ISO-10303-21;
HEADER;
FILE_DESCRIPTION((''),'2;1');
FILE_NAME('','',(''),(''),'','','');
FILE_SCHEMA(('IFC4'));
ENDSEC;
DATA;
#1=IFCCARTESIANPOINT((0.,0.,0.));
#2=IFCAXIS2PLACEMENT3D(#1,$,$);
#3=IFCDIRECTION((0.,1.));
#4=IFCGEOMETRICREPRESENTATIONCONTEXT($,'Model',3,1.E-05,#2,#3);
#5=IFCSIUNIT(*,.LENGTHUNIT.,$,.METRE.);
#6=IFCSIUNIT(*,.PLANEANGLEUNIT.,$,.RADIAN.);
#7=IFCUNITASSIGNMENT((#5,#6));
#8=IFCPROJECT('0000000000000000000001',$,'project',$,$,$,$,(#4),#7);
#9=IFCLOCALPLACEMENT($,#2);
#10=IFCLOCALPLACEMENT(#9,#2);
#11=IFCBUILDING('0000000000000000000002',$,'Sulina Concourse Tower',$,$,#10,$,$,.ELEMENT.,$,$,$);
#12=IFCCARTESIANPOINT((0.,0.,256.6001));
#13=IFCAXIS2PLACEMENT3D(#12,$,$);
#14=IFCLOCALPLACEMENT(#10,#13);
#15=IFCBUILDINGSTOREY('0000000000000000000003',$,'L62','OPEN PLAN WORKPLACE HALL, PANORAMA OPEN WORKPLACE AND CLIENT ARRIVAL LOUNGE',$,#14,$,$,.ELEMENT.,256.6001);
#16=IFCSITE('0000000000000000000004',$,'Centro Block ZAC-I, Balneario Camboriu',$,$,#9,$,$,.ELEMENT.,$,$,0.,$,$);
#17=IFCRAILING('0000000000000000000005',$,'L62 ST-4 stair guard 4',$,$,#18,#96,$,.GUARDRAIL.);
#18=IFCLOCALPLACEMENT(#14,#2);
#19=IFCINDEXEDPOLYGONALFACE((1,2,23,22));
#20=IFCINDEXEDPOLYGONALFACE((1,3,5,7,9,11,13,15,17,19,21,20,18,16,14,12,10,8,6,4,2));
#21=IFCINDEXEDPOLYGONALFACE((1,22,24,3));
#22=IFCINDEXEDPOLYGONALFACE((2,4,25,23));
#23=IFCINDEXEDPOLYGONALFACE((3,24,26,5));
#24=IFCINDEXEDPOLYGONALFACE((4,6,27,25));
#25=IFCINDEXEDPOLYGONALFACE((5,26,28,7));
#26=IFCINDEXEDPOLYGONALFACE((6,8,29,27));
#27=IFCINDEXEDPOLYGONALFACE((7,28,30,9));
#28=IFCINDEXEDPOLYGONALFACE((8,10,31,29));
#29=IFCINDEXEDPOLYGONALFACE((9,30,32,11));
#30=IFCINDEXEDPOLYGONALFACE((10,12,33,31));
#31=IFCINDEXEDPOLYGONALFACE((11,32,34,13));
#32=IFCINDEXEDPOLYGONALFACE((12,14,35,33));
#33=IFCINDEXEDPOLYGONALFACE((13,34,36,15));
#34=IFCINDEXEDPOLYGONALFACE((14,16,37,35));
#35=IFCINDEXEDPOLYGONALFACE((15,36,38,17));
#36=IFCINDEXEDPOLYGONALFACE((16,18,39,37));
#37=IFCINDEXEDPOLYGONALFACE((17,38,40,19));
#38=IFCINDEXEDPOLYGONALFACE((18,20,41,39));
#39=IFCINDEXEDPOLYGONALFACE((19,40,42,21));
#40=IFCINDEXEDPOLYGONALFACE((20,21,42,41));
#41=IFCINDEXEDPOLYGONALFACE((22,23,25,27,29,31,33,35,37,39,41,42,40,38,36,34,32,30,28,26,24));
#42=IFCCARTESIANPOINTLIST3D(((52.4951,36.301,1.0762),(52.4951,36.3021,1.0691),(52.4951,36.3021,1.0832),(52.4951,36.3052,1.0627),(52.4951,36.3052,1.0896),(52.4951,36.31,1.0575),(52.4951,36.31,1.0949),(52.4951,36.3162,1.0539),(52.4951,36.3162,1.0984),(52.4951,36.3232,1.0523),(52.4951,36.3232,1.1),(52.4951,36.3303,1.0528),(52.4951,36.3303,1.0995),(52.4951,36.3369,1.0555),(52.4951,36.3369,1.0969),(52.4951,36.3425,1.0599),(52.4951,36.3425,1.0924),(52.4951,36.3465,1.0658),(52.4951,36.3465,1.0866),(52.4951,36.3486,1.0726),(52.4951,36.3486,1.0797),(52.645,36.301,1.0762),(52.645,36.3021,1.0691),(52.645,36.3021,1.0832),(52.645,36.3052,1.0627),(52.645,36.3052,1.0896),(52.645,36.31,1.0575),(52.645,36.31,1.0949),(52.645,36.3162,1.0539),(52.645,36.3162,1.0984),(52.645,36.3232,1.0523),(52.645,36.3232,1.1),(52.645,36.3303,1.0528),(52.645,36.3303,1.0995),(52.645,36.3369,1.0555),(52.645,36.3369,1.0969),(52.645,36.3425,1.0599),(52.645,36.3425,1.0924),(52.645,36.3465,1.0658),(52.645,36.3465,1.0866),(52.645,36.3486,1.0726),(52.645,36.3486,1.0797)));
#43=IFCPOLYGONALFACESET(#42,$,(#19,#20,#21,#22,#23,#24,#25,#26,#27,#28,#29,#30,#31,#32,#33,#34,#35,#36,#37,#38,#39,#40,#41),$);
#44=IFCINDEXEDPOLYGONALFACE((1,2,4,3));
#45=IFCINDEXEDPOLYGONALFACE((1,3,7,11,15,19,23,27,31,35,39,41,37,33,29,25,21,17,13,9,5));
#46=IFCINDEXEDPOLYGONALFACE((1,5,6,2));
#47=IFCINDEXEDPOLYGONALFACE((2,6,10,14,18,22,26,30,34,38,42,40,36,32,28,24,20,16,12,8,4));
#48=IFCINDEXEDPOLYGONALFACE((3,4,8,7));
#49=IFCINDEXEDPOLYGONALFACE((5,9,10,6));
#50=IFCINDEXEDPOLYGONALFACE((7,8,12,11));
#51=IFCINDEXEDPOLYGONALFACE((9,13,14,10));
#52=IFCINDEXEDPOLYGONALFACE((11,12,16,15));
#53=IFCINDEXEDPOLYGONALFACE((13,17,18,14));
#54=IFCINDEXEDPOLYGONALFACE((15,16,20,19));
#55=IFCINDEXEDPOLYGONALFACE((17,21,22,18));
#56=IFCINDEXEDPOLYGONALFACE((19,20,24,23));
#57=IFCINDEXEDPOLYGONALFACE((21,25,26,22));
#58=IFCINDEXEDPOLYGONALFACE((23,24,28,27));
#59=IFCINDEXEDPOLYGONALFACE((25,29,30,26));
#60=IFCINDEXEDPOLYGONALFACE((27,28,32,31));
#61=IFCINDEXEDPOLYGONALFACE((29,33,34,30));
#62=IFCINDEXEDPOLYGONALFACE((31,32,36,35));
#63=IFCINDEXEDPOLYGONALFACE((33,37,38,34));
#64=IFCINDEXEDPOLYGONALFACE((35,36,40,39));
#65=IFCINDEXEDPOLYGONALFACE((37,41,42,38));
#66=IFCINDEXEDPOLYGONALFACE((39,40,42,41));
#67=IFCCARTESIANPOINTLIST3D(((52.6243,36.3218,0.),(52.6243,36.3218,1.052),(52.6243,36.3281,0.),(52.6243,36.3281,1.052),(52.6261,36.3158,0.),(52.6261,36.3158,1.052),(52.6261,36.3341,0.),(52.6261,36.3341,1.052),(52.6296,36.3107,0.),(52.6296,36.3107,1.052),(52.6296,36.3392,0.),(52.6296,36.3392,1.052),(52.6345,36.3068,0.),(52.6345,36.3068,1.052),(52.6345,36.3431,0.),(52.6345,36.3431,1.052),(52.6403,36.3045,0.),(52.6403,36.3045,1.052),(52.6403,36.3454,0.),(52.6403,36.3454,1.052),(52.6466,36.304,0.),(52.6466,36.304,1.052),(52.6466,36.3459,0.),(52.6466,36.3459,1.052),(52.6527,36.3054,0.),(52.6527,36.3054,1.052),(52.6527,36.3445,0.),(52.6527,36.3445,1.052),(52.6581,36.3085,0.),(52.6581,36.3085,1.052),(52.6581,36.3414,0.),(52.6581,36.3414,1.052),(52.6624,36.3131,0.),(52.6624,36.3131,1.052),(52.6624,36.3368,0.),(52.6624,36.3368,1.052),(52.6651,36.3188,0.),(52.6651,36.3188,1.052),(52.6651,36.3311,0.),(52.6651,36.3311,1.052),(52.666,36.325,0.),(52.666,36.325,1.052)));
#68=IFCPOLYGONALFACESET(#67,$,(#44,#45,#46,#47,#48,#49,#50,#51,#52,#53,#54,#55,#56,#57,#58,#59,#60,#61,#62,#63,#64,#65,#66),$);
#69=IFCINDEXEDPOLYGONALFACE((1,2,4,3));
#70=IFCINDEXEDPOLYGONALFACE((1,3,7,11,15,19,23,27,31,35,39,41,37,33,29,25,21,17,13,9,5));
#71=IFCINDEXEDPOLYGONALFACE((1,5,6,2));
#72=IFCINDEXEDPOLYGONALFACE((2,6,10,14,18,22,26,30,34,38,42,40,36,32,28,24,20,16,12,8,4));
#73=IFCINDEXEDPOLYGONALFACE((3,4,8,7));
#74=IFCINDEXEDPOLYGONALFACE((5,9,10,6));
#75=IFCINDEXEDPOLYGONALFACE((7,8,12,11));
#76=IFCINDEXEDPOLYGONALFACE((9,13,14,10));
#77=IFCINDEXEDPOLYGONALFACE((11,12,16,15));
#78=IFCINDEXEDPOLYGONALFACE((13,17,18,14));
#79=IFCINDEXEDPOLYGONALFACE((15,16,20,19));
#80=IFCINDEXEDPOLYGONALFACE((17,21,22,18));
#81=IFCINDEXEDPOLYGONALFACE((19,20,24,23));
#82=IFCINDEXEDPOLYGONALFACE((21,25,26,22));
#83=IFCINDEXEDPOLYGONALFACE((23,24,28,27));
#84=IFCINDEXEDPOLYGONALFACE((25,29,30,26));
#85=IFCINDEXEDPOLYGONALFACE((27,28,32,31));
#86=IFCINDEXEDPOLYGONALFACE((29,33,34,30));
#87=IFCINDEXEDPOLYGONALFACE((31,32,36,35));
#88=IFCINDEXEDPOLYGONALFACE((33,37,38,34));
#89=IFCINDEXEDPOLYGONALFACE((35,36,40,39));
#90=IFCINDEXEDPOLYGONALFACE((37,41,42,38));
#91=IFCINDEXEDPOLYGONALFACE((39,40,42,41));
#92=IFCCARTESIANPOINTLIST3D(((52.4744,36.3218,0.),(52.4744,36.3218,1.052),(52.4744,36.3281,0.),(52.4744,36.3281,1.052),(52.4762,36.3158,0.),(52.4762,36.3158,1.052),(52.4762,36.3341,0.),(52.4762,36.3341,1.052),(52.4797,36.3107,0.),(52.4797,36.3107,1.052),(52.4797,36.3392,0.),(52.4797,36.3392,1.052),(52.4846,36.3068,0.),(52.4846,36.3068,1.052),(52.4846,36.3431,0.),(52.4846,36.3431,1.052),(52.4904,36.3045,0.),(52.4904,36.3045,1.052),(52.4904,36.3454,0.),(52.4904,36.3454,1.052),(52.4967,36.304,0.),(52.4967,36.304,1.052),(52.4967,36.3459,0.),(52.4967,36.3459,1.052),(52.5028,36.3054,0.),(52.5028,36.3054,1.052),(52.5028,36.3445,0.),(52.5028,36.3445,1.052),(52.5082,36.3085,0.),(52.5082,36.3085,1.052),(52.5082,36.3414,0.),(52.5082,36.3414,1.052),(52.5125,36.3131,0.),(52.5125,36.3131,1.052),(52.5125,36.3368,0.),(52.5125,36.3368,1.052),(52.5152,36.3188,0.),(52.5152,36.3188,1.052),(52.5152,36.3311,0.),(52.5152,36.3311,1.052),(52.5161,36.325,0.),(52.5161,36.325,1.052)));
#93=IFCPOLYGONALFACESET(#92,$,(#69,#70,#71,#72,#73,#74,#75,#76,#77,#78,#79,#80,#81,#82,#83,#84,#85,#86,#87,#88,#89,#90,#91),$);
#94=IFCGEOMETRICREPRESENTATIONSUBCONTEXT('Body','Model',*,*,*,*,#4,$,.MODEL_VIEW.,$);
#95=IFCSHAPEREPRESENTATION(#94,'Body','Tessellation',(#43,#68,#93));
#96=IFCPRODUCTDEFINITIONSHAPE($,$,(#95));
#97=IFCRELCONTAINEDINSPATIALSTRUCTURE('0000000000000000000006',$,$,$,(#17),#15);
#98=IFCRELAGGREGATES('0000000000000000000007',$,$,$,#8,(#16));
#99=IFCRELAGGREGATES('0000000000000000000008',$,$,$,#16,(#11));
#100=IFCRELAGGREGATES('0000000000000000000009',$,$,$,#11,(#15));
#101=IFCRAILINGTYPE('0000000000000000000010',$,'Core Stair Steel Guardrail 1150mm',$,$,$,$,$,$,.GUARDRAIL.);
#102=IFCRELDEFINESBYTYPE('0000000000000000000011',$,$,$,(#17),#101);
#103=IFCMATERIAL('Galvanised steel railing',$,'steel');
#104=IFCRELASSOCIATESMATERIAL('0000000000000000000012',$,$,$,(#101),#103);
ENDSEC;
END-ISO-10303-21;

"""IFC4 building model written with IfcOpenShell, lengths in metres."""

from ifc_helpers import new_model, si_unit, direction, frame, origin, origin_2d, place, context, subcontext, project, spatial, circle, extrude, material, type_object, element, save


model = new_model("IFC4")

# Units and contexts
model_context = context("Model", 3, precision=1e-05, world=origin(), true_north=direction((0.0, 1.0)))
body_context = subcontext(model_context, "Body", "Model", "MODEL_VIEW")
ifc_project = project(units=[si_unit("LENGTHUNIT", "METRE"), si_unit("PLANEANGLEUNIT", "RADIAN")], contexts=[model_context])

# Site, building, storey
site_placement = place(None, origin())
site = spatial("IfcSite", under=ifc_project, at=site_placement, Name="Centro Block ZAC-I, Balneario Camboriu", CompositionType="ELEMENT", RefElevation=0.0)
building_placement = place(site_placement, origin())
building = spatial("IfcBuilding", under=site, at=building_placement, Name="Sulina Concourse Tower", CompositionType="ELEMENT")
storey_placement = place(building_placement, frame((0.0, 0.0, 256.6001)))
storey = spatial("IfcBuildingStorey", under=building, at=storey_placement, Name="L62", Description="OPEN PLAN WORKPLACE HALL, PANORAMA OPEN WORKPLACE AND CLIENT ARRIVAL LOUNGE", CompositionType="ELEMENT", Elevation=256.6001)

# Railing
ifc_material_1 = material(Name="Galvanised steel railing", Category="steel")
railing_type_1 = type_object("IfcRailingType", Name="Core Stair Steel Guardrail 1150mm", PredefinedType="GUARDRAIL", material=ifc_material_1)
railing_1_placement = place(storey_placement, frame((52.645, 36.325, 0.0)))
element("IfcRailing", 1, at=railing_1_placement, inside=storey, type_object=railing_type_1, Name="L62 ST-4 stair guard 4", PredefinedType="GUARDRAIL", context=body_context, shape_type="SweptSolid", body=[
    extrude(circle(Radius=0.0239, at=origin_2d()), frame((0.0, 0.0, 1.0762), z_axis=(-1.0, 0.0, 0.0), x_axis=(0.0, -1.0, 0.0)), (0.0, 0.0, 1.0), 0.1499),
    extrude(circle(Radius=0.021, at=origin_2d()), origin(), (0.0, 0.0, 1.0), 1.052),
    extrude(circle(Radius=0.021, at=origin_2d()), frame((-0.1499, 0.0, 0.0)), (0.0, 0.0, 1.0), 1.052),
])

save(model, "model.ifc")
